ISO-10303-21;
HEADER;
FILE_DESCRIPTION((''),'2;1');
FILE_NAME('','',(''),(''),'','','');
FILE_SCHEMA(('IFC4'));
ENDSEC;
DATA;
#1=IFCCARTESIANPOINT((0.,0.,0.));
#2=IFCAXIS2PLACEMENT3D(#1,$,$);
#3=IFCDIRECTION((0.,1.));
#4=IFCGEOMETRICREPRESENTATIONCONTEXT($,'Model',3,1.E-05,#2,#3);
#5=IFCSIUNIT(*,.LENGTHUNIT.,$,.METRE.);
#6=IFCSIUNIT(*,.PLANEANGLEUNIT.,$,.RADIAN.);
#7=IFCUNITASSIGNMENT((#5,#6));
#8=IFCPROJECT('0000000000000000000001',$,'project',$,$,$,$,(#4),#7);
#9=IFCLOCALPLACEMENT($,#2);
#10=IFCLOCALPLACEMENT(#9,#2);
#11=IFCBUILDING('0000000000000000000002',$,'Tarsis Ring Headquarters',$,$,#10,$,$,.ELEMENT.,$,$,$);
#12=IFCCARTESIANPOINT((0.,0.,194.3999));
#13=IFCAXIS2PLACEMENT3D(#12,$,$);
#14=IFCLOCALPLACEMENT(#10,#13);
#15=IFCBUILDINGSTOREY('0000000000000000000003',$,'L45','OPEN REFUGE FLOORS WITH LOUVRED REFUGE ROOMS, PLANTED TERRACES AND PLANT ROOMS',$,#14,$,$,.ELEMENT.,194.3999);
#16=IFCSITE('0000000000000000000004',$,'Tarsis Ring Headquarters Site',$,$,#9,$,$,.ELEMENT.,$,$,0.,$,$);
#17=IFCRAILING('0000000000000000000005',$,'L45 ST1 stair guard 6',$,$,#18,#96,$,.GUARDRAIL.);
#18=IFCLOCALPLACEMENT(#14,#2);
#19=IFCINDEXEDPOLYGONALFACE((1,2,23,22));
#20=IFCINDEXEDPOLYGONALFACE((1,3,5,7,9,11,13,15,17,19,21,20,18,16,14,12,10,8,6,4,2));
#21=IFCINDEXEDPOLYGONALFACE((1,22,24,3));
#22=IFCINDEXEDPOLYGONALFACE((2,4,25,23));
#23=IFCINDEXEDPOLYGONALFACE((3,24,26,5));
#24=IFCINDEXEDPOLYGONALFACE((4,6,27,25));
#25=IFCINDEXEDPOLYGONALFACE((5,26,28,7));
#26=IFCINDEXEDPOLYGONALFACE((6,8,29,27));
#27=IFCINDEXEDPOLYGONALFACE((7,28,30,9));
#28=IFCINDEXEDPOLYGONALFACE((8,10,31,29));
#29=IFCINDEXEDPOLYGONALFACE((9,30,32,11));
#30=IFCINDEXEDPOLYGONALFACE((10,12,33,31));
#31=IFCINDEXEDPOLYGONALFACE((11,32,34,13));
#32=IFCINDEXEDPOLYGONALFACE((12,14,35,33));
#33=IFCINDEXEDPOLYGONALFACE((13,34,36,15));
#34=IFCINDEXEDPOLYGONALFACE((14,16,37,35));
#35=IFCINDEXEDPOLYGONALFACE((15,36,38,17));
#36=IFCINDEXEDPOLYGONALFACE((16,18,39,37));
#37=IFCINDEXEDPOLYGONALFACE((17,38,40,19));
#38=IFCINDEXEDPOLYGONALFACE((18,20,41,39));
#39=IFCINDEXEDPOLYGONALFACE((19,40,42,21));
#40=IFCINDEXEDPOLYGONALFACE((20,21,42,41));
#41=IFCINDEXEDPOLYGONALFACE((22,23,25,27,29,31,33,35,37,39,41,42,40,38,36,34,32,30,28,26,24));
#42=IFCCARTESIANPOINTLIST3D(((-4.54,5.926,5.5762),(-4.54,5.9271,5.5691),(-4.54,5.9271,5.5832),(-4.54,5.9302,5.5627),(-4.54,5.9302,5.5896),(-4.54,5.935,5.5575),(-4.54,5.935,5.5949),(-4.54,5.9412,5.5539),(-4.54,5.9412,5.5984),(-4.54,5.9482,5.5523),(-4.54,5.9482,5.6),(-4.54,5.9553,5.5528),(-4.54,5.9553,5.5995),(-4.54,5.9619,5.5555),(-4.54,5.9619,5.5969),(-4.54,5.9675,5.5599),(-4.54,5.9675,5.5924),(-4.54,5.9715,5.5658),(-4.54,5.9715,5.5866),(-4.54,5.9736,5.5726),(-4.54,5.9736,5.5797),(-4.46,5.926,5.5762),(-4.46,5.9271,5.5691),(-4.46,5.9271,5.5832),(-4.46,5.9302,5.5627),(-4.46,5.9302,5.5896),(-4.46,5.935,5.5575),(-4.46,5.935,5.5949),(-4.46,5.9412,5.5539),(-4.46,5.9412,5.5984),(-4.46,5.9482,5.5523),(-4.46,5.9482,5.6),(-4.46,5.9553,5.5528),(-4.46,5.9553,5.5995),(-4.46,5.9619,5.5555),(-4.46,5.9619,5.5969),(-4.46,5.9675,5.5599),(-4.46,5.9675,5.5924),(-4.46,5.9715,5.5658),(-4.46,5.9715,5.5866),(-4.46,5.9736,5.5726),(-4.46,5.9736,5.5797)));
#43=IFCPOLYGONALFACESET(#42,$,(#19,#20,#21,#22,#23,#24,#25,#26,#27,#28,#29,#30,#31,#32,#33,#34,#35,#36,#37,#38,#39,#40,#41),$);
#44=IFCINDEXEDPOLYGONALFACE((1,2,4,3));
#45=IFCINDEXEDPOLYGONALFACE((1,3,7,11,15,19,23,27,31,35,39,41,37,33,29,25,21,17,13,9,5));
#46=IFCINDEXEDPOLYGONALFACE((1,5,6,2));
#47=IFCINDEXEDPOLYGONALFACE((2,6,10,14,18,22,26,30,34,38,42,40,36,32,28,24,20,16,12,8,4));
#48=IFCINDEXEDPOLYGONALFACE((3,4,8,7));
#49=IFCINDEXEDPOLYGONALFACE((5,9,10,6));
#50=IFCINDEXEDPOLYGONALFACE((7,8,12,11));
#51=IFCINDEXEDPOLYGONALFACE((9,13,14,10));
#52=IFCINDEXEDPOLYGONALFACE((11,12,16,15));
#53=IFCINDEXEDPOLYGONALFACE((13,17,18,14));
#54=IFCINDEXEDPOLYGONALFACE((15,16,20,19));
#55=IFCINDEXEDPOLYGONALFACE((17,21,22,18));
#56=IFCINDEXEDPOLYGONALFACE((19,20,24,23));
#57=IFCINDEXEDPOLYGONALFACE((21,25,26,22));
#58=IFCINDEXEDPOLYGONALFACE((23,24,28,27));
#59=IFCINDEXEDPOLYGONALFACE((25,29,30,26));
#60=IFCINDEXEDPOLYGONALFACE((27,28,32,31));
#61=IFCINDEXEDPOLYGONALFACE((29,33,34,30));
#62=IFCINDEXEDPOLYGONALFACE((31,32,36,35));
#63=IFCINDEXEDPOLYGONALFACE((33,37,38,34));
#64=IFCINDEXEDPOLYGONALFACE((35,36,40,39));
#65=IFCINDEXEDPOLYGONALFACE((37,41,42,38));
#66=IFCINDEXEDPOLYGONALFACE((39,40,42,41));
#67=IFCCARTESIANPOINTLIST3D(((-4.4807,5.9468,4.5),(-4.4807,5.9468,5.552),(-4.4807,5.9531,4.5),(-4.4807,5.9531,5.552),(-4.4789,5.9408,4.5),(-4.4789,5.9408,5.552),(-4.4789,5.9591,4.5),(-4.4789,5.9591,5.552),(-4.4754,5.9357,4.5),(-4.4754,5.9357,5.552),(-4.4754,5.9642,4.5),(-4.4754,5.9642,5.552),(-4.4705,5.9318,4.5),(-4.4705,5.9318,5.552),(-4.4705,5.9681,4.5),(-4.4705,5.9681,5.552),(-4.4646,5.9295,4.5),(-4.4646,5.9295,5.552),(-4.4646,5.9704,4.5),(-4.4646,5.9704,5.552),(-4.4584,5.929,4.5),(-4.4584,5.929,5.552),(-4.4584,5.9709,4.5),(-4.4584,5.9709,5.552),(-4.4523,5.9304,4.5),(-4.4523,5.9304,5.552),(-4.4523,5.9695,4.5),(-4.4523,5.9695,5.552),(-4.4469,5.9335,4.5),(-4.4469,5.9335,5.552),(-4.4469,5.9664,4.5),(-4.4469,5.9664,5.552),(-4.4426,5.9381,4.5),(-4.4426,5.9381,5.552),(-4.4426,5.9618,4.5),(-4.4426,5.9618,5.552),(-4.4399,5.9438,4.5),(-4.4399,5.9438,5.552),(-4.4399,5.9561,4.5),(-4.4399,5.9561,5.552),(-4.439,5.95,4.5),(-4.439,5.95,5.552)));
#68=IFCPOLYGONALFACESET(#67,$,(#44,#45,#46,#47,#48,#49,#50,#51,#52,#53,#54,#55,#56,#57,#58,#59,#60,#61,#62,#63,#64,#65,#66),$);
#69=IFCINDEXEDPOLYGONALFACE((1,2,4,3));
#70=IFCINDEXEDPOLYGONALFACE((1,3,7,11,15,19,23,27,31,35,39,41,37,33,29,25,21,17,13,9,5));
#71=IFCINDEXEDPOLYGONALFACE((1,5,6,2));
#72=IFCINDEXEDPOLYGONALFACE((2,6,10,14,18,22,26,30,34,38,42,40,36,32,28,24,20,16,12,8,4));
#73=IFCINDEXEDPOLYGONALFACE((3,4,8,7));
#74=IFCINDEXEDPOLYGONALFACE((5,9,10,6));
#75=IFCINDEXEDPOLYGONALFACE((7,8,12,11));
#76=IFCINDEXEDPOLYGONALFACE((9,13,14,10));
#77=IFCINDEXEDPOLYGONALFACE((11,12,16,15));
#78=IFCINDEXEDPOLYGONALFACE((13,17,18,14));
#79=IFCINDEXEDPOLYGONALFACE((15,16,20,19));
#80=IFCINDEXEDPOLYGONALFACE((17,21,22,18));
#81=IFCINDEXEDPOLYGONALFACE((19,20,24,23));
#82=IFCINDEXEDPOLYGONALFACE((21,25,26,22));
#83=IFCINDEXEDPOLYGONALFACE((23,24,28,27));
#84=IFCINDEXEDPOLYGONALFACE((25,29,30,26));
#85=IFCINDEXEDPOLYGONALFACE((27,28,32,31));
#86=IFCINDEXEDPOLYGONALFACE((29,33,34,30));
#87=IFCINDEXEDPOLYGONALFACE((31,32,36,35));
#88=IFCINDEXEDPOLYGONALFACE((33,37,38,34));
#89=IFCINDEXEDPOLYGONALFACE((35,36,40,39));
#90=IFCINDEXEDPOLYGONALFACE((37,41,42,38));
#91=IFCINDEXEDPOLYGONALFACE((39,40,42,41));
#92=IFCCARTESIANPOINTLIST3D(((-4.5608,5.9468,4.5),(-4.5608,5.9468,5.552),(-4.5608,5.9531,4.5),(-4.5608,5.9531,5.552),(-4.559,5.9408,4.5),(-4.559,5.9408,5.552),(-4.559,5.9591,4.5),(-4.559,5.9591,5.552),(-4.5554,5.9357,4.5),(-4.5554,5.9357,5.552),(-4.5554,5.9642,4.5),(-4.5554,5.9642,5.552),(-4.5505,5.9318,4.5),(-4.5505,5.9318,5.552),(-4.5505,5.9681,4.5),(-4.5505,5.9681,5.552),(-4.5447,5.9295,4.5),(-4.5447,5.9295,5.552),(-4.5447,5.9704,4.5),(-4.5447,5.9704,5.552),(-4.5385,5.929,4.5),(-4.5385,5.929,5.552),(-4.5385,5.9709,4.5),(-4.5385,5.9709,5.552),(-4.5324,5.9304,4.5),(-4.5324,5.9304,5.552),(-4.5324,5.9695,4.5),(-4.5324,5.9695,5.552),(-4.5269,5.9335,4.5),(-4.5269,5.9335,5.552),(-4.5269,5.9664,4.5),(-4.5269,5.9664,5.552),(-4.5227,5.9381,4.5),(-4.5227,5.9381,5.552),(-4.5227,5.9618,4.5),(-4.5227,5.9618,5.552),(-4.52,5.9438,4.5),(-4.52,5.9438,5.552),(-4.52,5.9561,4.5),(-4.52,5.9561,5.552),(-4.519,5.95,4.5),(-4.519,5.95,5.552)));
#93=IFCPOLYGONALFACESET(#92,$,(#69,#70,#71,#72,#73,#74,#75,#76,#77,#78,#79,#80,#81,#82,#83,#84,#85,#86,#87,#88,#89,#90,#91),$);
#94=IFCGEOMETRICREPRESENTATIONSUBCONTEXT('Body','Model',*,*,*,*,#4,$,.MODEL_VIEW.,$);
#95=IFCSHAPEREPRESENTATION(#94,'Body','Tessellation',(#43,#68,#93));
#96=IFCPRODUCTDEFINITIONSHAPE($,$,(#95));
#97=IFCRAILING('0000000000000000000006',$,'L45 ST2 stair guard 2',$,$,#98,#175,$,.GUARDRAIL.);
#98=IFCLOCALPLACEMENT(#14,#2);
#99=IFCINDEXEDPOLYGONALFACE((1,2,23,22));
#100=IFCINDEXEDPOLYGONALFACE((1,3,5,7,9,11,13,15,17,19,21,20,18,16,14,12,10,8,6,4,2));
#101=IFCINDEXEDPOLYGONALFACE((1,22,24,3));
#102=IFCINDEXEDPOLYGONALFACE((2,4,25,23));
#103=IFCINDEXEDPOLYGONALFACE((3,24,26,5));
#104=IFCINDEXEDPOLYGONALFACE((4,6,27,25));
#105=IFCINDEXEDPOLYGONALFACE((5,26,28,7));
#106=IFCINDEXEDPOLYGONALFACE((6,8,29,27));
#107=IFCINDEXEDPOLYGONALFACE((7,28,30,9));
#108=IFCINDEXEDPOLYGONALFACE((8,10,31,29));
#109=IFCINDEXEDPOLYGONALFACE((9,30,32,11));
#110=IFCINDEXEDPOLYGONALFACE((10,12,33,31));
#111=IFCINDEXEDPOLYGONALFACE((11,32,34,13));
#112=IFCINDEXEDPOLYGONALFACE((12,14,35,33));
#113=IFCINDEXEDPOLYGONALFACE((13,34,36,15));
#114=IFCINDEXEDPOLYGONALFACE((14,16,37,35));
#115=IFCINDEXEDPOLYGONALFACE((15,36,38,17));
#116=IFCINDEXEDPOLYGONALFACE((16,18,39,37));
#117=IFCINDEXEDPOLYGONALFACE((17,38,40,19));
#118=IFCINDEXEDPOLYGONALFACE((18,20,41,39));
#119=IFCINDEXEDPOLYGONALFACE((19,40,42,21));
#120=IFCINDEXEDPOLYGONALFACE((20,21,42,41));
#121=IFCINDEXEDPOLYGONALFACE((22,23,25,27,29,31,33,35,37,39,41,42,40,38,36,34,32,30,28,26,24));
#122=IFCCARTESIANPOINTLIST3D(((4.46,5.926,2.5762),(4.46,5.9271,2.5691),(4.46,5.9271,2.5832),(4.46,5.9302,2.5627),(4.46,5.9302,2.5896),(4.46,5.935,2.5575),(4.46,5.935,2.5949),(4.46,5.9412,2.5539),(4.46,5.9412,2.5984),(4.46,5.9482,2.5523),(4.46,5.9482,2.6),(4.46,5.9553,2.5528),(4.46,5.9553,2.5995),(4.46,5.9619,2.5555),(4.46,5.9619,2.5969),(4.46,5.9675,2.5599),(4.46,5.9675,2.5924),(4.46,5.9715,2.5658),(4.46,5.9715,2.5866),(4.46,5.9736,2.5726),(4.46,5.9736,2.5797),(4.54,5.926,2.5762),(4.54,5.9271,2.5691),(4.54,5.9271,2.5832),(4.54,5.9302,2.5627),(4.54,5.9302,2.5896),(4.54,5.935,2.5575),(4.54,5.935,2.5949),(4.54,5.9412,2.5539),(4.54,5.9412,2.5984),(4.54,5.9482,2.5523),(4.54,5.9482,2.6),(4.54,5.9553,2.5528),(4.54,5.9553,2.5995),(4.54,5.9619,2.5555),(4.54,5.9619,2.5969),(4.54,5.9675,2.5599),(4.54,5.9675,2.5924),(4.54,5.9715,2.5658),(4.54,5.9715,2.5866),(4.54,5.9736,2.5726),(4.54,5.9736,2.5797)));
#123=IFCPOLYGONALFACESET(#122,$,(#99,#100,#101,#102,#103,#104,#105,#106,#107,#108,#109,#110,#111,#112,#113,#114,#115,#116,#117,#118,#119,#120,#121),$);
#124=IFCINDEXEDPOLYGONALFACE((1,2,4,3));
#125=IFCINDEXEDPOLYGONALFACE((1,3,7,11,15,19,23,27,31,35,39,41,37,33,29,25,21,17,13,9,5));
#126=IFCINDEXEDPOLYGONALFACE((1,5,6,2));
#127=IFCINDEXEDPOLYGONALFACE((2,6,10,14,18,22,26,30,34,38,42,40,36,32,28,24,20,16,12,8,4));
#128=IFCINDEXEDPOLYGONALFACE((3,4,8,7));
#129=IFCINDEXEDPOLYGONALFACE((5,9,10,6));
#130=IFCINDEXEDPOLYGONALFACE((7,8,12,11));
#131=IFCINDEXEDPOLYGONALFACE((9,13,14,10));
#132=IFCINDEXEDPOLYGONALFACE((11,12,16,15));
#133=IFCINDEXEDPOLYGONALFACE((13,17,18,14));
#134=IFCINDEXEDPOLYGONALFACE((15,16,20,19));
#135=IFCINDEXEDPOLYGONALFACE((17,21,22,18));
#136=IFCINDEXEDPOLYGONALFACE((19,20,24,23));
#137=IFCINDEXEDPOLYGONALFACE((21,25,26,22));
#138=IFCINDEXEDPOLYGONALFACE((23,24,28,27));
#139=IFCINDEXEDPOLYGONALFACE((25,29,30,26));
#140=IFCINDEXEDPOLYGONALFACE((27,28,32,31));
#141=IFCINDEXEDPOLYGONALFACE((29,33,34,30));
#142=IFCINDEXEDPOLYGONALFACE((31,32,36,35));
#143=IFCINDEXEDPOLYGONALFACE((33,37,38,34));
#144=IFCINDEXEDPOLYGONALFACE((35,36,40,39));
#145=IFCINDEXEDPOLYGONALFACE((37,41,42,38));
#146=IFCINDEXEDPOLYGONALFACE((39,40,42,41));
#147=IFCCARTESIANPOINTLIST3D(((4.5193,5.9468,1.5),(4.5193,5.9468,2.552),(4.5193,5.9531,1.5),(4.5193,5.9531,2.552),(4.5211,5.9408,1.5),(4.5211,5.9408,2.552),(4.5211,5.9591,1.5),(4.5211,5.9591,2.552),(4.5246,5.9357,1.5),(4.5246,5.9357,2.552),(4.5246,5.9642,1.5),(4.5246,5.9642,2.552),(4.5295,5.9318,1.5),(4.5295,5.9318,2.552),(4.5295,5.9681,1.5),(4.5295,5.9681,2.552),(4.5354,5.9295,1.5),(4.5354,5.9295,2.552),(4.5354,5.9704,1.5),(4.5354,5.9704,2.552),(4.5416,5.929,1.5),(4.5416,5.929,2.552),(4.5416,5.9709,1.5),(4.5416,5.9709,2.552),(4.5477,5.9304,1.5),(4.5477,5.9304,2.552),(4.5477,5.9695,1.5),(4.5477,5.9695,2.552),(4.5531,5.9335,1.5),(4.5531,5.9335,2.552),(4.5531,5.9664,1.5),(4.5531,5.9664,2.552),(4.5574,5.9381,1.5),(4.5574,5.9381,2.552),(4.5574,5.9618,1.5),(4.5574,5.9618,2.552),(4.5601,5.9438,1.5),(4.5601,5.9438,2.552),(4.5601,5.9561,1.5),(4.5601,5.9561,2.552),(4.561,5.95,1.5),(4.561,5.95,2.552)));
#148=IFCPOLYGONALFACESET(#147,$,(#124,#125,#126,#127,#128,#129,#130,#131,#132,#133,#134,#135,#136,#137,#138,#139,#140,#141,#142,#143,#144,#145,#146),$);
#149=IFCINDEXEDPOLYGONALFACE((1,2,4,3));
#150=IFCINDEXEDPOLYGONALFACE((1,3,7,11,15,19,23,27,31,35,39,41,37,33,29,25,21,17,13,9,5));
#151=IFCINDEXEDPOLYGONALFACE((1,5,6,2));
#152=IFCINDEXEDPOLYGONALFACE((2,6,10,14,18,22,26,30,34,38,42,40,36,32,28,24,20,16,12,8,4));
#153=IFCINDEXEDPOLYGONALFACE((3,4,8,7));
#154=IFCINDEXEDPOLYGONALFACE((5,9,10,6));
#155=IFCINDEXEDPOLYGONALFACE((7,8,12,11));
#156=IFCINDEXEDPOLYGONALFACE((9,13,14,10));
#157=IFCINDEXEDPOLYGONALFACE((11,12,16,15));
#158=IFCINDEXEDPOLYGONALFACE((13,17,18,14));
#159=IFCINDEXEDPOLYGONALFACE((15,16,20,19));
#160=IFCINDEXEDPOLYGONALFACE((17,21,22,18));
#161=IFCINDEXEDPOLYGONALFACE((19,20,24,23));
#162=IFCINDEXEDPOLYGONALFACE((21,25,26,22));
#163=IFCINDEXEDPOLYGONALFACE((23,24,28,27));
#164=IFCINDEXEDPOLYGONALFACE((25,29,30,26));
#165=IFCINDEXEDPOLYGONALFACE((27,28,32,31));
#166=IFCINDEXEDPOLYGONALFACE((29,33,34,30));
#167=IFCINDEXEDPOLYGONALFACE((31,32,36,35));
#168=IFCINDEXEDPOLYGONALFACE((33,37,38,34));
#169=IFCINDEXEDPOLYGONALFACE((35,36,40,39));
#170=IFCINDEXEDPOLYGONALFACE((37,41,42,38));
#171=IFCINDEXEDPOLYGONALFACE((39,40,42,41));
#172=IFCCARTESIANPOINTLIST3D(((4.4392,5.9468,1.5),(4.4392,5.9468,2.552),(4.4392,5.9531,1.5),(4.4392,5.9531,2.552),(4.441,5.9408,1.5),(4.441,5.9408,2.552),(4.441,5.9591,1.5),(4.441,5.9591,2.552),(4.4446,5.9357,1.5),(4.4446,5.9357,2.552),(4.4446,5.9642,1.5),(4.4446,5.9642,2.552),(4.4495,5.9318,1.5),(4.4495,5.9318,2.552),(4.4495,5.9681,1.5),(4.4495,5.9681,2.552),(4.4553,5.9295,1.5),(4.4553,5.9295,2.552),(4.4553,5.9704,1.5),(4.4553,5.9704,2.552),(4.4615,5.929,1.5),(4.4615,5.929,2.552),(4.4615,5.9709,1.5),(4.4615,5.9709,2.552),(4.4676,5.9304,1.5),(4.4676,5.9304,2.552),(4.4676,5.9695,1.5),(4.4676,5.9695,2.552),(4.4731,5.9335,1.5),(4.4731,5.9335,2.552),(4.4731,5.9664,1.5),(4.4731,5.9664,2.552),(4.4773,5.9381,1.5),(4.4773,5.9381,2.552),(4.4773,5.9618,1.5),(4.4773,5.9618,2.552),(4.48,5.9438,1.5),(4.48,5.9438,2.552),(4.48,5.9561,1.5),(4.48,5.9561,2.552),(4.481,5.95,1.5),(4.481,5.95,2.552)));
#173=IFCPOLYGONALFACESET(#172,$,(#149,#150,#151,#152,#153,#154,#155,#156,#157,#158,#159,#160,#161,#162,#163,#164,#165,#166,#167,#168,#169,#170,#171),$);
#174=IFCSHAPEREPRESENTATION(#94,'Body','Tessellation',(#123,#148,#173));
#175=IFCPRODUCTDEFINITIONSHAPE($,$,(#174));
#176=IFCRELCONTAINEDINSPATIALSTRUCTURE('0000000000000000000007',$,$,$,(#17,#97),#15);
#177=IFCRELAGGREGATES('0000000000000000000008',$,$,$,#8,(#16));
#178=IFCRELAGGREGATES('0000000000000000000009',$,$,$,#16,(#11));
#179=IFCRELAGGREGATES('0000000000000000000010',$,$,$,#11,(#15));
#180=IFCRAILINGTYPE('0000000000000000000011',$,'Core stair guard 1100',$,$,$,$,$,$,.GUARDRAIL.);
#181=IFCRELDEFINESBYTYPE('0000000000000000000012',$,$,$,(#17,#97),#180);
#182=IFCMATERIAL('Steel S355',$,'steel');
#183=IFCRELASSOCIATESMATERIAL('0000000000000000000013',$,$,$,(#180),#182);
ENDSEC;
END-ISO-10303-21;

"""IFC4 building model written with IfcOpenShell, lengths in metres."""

from ifc_helpers import new_model, si_unit, direction, frame, origin, origin_2d, place, context, subcontext, project, spatial, circle, extrude, material, type_object, element, save


model = new_model("IFC4")

# Units and contexts
model_context = context("Model", 3, precision=1e-05, world=origin(), true_north=direction((0.0, 1.0)))
body_context = subcontext(model_context, "Body", "Model", "MODEL_VIEW")
ifc_project = project(units=[si_unit("LENGTHUNIT", "METRE"), si_unit("PLANEANGLEUNIT", "RADIAN")], contexts=[model_context])

# Site, building, storey
site_placement = place(None, origin())
site = spatial("IfcSite", under=ifc_project, at=site_placement, Name="Tarsis Ring Headquarters Site", CompositionType="ELEMENT", RefElevation=0.0)
building_placement = place(site_placement, origin())
building = spatial("IfcBuilding", under=site, at=building_placement, Name="Tarsis Ring Headquarters", CompositionType="ELEMENT")
storey_placement = place(building_placement, frame((0.0, 0.0, 194.3999)))
storey = spatial("IfcBuildingStorey", under=building, at=storey_placement, Name="L45", Description="OPEN REFUGE FLOORS WITH LOUVRED REFUGE ROOMS, PLANTED TERRACES AND PLANT ROOMS", CompositionType="ELEMENT", Elevation=194.3999)

# Railings
ifc_material_1 = material(Name="Steel S355", Category="steel")
railing_type_1 = type_object("IfcRailingType", Name="Core stair guard 1100", PredefinedType="GUARDRAIL", material=ifc_material_1)
for number, where, name in (
    (1, (-4.46, 5.95, 4.5), "L45 ST1 stair guard 6"),
    (2, (4.54, 5.95, 1.5), "L45 ST2 stair guard 2"),
):
    element("IfcRailing", number, at=place(storey_placement, frame(where)), inside=storey, type_object=railing_type_1, Name=name, PredefinedType="GUARDRAIL", context=body_context, shape_type="SweptSolid", body=[
        extrude(circle(Radius=0.0239, at=origin_2d()), frame((0.0, 0.0, 1.0762), z_axis=(-1.0, 0.0, 0.0), x_axis=(0.0, -1.0, 0.0)), (0.0, 0.0, 1.0), 0.0801),
        extrude(circle(Radius=0.021, at=origin_2d()), origin(), (0.0, 0.0, 1.0), 1.052),
        extrude(circle(Radius=0.021, at=origin_2d()), frame((-0.0801, 0.0, 0.0)), (0.0, 0.0, 1.0), 1.052),
    ])

save(model, "model.ifc")
